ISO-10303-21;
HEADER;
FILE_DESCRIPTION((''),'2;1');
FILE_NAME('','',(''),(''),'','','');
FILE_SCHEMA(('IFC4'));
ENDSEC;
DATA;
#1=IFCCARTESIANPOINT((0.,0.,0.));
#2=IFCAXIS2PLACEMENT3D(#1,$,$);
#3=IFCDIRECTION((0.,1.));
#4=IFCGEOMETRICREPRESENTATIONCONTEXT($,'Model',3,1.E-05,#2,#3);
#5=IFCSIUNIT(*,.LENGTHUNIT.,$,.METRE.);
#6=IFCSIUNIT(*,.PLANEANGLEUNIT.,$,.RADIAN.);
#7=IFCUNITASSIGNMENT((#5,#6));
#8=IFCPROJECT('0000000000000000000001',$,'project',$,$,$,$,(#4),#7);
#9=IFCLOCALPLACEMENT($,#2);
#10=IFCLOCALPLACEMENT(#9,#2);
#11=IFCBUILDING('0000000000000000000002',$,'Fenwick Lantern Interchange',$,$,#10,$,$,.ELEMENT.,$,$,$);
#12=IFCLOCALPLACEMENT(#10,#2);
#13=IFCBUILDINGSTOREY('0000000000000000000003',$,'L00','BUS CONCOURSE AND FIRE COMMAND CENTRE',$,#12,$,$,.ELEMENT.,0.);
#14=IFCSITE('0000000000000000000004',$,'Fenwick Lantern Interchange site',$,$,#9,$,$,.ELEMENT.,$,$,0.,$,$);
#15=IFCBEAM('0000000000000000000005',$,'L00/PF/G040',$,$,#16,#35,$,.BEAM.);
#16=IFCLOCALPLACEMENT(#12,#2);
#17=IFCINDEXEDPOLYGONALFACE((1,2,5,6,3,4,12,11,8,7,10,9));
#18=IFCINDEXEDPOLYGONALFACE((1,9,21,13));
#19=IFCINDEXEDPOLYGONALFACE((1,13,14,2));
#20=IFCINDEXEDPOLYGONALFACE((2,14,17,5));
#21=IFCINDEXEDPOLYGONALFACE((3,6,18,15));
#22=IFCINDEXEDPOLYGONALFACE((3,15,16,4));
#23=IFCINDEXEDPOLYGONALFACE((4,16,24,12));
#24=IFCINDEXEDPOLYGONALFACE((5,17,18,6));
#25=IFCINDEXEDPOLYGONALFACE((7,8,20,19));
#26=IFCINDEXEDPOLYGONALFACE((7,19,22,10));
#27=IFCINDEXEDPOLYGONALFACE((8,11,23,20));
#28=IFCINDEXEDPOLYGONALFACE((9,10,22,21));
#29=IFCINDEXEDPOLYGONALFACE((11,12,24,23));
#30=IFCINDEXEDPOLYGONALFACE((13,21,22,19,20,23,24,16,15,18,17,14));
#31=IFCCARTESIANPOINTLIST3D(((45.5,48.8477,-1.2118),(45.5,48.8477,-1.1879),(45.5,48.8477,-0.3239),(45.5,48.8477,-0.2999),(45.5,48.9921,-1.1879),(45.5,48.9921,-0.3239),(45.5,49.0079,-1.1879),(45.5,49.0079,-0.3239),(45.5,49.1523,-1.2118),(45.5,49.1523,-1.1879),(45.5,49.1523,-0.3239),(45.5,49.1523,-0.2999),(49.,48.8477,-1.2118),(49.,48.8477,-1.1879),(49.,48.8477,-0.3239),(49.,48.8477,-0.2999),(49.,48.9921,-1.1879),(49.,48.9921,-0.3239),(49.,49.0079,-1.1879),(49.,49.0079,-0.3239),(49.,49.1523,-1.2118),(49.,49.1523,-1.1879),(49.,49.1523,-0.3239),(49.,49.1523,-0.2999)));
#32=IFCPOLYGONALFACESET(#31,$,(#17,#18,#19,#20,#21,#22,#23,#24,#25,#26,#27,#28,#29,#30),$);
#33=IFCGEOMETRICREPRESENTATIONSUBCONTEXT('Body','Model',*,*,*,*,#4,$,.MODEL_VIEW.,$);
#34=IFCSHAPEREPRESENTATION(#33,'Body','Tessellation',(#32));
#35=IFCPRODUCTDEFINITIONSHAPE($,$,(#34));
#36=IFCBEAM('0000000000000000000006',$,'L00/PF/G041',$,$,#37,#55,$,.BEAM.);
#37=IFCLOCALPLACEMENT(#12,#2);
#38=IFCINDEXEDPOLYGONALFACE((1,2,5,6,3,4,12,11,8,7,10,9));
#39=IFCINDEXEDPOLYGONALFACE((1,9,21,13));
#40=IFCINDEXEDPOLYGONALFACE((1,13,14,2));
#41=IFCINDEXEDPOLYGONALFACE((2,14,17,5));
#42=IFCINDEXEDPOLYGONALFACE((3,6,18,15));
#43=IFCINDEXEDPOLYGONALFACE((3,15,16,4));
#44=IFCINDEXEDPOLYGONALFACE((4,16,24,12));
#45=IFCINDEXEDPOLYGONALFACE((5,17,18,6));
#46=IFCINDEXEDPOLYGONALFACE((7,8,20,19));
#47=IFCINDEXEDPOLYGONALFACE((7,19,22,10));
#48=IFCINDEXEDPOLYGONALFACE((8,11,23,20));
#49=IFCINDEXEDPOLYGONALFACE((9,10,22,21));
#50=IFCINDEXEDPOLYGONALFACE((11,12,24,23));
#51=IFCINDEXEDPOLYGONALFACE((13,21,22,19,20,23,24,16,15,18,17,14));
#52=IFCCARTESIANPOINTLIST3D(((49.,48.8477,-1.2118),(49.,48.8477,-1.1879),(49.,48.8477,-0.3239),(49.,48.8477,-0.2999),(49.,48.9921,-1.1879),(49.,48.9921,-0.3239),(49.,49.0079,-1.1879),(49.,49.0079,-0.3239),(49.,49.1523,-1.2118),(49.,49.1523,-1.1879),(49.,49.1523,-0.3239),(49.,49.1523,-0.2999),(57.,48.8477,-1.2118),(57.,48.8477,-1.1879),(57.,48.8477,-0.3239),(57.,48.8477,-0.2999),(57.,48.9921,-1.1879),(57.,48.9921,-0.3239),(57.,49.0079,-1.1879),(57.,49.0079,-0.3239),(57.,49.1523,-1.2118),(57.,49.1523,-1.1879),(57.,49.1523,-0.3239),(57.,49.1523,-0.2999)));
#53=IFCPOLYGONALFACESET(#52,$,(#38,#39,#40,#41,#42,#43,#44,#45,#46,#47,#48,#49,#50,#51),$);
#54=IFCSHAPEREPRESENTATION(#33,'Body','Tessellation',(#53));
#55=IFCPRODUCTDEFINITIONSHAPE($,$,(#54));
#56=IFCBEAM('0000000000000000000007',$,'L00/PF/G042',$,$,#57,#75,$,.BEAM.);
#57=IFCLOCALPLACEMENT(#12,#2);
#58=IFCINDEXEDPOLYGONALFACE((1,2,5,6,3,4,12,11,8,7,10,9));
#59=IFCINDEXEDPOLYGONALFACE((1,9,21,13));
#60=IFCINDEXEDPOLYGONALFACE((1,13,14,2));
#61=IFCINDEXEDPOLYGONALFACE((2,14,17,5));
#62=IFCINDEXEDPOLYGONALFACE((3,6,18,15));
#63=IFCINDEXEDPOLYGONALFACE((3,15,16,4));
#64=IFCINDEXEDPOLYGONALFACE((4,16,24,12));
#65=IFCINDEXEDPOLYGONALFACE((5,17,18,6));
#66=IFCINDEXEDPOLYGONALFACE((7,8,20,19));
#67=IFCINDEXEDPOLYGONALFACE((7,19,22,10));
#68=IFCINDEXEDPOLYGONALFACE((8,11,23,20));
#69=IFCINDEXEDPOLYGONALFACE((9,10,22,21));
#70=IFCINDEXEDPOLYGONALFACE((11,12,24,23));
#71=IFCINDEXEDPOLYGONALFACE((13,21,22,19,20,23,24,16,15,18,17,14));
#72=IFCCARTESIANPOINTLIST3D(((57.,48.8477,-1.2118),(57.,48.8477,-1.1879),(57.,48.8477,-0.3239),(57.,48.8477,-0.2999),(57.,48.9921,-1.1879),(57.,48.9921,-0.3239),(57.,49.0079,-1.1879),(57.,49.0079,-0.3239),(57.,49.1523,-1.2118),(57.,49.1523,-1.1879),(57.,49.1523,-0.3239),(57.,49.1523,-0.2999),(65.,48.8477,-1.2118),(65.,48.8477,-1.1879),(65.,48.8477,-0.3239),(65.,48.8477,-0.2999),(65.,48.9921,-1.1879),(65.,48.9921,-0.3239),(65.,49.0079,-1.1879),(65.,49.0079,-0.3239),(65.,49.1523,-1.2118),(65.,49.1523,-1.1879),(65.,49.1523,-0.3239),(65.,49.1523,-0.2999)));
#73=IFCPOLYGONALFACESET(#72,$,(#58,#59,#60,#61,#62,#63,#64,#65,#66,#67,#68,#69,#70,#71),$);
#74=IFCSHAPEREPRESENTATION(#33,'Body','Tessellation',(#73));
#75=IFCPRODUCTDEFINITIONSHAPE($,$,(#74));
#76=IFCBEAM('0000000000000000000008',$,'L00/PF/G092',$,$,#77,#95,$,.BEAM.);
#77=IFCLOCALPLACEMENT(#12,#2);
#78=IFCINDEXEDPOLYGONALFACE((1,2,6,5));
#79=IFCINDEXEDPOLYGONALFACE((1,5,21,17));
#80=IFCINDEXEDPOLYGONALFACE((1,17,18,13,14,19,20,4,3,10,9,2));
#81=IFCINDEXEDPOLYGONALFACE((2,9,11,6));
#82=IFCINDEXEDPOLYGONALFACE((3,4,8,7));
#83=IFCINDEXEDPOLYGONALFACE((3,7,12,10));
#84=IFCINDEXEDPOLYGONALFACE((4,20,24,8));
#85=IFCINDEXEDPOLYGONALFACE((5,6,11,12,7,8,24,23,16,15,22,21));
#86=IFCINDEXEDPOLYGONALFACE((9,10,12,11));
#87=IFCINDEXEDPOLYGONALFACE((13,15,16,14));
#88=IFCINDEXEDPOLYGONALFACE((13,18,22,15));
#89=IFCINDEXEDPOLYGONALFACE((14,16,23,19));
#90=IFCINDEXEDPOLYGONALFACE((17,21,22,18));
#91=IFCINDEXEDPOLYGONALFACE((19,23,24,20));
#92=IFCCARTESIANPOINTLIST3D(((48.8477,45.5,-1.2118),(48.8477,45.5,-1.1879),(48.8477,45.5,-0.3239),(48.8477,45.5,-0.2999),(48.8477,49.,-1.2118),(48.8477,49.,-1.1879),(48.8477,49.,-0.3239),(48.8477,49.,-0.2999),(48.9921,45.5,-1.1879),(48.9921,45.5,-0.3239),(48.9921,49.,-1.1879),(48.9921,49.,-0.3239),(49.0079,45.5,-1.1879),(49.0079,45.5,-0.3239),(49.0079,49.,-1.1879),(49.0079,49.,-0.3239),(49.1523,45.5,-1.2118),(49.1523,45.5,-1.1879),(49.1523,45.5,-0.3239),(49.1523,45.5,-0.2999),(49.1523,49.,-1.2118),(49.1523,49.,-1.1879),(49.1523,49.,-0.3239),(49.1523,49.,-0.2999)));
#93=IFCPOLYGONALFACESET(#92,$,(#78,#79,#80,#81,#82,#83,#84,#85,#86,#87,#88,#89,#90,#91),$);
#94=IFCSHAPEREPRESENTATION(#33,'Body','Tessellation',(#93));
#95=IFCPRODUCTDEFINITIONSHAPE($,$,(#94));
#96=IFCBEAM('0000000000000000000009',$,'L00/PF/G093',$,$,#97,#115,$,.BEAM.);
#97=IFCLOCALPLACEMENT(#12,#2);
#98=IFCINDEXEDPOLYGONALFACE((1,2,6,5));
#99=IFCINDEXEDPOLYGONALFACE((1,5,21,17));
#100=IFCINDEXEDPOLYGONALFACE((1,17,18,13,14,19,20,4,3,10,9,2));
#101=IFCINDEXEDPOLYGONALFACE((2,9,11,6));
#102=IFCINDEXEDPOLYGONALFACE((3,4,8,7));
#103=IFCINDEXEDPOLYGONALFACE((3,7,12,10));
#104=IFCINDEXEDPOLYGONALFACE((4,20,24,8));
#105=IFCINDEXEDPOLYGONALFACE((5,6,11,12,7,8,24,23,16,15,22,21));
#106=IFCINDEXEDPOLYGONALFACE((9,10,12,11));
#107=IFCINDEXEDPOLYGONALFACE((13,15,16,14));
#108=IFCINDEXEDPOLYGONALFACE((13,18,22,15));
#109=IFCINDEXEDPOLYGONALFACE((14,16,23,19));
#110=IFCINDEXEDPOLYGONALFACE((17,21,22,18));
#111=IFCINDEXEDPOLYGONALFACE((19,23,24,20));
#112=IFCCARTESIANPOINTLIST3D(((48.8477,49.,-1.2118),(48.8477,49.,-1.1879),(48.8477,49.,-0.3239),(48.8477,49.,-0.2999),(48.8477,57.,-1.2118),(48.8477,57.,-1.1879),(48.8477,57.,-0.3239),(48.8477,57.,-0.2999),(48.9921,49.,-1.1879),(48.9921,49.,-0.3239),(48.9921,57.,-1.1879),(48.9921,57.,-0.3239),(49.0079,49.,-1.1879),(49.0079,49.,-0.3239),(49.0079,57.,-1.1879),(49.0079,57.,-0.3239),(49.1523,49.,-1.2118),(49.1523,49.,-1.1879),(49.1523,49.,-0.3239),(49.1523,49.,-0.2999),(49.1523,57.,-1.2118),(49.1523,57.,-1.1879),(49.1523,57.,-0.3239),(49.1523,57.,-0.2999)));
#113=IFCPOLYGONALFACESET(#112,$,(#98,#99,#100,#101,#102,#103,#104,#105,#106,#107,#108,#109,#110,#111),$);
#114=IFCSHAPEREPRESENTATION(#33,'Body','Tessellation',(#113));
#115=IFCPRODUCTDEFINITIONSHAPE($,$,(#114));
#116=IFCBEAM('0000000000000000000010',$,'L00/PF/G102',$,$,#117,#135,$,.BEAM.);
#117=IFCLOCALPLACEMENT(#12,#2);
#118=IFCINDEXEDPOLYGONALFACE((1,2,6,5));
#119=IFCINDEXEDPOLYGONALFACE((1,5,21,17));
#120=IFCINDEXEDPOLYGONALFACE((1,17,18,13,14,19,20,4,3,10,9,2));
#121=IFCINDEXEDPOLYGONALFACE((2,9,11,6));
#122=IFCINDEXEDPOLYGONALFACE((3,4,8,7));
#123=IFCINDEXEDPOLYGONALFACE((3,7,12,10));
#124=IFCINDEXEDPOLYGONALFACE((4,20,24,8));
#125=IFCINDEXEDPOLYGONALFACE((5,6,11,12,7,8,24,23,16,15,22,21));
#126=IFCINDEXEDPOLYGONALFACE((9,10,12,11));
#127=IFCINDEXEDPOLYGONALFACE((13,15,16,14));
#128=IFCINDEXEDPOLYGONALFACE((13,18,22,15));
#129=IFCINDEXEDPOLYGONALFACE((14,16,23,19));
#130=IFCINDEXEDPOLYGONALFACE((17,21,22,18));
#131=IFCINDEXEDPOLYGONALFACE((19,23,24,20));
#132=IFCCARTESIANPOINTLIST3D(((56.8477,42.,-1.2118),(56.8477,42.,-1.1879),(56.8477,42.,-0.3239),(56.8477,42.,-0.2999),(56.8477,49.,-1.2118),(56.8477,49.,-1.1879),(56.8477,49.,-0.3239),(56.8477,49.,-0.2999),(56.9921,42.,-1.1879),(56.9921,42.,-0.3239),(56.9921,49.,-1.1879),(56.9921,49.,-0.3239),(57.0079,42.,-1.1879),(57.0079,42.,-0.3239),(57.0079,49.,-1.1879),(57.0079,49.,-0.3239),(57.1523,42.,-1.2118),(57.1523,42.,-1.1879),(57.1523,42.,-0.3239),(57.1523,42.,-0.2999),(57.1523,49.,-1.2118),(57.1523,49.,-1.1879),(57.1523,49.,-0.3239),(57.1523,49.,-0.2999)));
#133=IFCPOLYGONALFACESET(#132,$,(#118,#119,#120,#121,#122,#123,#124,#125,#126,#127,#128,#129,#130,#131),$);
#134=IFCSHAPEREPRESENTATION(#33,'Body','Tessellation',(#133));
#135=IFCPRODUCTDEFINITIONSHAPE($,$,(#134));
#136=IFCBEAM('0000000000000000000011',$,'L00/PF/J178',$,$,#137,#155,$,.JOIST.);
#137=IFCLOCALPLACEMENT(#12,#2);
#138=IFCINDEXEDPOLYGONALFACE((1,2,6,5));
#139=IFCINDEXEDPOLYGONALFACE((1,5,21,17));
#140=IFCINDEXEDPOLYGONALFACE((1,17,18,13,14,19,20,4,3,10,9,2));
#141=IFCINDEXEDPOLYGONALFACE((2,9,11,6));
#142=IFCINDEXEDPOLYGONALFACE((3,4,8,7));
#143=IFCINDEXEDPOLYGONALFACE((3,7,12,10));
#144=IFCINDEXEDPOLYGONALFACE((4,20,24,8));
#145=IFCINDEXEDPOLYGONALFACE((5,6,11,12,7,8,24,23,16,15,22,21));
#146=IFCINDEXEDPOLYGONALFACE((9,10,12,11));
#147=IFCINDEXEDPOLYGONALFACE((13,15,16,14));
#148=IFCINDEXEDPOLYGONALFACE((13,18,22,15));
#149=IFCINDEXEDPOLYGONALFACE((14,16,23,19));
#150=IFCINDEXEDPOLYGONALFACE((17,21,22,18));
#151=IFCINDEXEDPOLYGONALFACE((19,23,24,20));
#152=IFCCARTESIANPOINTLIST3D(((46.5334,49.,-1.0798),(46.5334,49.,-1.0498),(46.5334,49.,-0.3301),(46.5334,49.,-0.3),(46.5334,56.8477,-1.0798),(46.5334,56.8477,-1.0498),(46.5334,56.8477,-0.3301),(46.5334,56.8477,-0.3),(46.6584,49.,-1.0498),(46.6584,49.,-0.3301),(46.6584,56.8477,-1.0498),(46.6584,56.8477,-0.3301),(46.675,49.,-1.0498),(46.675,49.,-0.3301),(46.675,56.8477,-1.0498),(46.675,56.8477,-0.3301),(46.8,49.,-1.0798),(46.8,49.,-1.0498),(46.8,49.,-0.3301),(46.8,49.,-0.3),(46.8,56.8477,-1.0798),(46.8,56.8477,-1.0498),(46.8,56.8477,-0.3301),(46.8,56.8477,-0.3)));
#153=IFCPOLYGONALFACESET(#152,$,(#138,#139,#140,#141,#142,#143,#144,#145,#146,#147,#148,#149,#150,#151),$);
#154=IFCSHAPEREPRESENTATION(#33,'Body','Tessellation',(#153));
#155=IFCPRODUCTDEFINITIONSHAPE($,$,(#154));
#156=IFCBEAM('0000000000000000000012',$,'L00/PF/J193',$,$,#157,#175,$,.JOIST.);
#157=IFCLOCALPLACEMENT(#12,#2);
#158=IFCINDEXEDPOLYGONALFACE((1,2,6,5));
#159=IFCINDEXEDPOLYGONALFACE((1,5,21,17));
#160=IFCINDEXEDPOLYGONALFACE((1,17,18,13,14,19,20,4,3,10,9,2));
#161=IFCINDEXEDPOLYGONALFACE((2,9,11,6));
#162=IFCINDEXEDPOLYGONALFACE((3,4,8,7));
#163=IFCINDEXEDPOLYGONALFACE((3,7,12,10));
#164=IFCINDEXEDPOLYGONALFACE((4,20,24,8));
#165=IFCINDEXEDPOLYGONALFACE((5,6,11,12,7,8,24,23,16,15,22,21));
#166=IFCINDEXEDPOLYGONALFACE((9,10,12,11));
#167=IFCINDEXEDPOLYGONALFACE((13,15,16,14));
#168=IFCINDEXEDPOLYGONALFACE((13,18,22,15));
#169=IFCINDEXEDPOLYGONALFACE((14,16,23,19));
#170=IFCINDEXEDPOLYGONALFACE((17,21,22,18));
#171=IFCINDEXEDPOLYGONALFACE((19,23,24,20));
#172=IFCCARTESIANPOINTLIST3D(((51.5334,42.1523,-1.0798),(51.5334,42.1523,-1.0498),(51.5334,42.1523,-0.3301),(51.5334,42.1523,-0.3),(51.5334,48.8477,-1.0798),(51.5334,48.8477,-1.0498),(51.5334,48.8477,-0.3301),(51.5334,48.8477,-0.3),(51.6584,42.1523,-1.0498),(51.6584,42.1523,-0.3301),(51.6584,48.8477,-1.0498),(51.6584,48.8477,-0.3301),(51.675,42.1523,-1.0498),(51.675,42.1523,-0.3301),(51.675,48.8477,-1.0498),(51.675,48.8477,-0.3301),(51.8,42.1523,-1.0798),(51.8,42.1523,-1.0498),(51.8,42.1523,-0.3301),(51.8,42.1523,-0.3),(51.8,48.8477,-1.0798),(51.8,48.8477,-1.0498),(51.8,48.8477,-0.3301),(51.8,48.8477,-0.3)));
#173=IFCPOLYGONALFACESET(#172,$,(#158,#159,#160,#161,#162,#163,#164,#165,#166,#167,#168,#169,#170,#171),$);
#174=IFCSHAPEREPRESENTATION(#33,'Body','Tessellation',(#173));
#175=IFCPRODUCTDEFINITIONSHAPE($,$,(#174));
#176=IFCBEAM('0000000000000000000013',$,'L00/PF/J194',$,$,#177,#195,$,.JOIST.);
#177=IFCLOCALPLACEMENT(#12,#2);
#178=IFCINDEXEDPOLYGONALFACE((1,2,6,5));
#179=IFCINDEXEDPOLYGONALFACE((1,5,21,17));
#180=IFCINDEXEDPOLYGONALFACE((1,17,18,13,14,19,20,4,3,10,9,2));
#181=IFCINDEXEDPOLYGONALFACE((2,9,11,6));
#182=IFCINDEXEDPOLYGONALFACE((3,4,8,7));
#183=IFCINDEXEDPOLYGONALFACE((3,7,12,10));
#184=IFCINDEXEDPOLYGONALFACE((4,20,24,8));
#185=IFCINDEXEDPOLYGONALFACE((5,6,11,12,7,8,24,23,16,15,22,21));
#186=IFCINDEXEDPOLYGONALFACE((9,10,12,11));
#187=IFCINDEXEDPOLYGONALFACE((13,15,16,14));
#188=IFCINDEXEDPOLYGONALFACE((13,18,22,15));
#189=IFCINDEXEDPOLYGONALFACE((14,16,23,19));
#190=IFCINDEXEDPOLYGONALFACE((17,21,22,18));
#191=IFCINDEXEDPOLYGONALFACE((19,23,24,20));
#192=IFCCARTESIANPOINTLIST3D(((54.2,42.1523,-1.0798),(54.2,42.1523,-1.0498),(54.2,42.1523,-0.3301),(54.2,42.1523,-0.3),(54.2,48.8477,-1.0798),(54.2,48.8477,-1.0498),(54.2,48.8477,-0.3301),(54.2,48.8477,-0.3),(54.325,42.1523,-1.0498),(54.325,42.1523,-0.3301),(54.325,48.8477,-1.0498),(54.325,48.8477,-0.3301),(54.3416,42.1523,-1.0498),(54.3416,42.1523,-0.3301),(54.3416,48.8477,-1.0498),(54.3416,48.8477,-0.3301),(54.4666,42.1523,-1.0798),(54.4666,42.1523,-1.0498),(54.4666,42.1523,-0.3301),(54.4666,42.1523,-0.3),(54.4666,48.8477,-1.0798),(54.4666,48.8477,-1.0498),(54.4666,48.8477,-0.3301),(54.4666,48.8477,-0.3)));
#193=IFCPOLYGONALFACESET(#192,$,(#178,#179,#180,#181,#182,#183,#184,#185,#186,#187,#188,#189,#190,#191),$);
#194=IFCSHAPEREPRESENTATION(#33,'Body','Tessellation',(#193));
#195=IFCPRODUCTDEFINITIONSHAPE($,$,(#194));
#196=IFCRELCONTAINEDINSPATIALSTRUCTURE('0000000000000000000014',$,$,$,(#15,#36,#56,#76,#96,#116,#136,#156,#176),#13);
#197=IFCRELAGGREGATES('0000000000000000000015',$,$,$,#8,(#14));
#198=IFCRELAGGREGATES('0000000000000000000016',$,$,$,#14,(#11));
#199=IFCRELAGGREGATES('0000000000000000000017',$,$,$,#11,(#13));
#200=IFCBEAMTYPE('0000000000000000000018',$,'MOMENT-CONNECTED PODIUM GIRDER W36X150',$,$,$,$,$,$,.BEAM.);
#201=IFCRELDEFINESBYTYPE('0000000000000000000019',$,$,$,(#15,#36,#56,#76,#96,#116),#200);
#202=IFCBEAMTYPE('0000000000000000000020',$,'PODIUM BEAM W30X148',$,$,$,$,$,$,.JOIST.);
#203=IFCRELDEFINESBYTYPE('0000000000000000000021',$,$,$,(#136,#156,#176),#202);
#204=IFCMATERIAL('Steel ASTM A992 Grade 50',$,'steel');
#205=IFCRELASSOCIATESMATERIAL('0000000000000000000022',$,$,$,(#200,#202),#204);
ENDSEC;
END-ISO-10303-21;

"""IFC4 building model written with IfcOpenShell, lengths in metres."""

from ifc_helpers import new_model, si_unit, direction, frame, origin, origin_2d, place, context, subcontext, project, spatial, i_section, extrude, material, material_profile, profile_set, type_object, element, save


model = new_model("IFC4")

# Units and contexts
model_context = context("Model", 3, precision=1e-05, world=origin(), true_north=direction((0.0, 1.0)))
body_context = subcontext(model_context, "Body", "Model", "MODEL_VIEW")
ifc_project = project(units=[si_unit("LENGTHUNIT", "METRE"), si_unit("PLANEANGLEUNIT", "RADIAN")], contexts=[model_context])

# Site, building, storey
site_placement = place(None, origin())
site = spatial("IfcSite", under=ifc_project, at=site_placement, Name="Fenwick Lantern Interchange site", CompositionType="ELEMENT", RefElevation=0.0)
building_placement = place(site_placement, origin())
building = spatial("IfcBuilding", under=site, at=building_placement, Name="Fenwick Lantern Interchange", CompositionType="ELEMENT")
storey_placement = place(building_placement, origin())
storey = spatial("IfcBuildingStorey", under=building, at=storey_placement, Name="L00", Description="BUS CONCOURSE AND FIRE COMMAND CENTRE", CompositionType="ELEMENT", Elevation=0.0)

# Shared definitions
ifc_material_1 = material(Name="Steel ASTM A992 Grade 50", Category="steel")

# Beams
ifc_material_profile_1 = material_profile(ifc_material_1, i_section(OverallWidth=0.3047, OverallDepth=0.9119, WebThickness=0.0159, FlangeThickness=0.0239, at=origin_2d()), Name="W36X150")
ifc_profile_set_1 = profile_set([ifc_material_profile_1], Name="Steel ASTM A992 Grade 50")
beam_type_1 = type_object("IfcBeamType", Name="MOMENT-CONNECTED PODIUM GIRDER W36X150", PredefinedType="BEAM", material=ifc_profile_set_1)
beam_1_placement = place(storey_placement, frame((45.5, 49.0, -0.7559), z_axis=(1.0, 0.0, 0.0), x_axis=(0.0, 1.0, 0.0)))
element("IfcBeam", 1, at=beam_1_placement, inside=storey, type_object=beam_type_1, Name="L00/PF/G040", PredefinedType="BEAM", context=body_context, shape_type="SweptSolid", body=[
    extrude(i_section(OverallWidth=0.3047, OverallDepth=0.9119, WebThickness=0.0159, FlangeThickness=0.0239, at=origin_2d()), origin(), (0.0, 0.0, 1.0), 3.5),
])
for number, where, z_axis, x_axis, name in (
    (2, (49.0, 49.0, -0.7559), (1.0, 0.0, 0.0), (0.0, 1.0, 0.0), "L00/PF/G041"),
    (3, (57.0, 49.0, -0.7559), (1.0, 0.0, 0.0), (0.0, 1.0, 0.0), "L00/PF/G042"),
):
    element("IfcBeam", number, at=place(storey_placement, frame(where, z_axis=z_axis, x_axis=x_axis)), inside=storey, type_object=beam_type_1, Name=name, PredefinedType="BEAM", context=body_context, shape_type="SweptSolid", body=[
        extrude(i_section(OverallWidth=0.3047, OverallDepth=0.9119, WebThickness=0.0159, FlangeThickness=0.0239, at=origin_2d()), origin(), (0.0, 0.0, 1.0), 8.0),
    ])
beam_2_placement = place(storey_placement, frame((49.0, 45.5, -0.7559), z_axis=(0.0, 1.0, 0.0), x_axis=(-1.0, 0.0, 0.0)))
element("IfcBeam", 4, at=beam_2_placement, inside=storey, type_object=beam_type_1, Name="L00/PF/G092", PredefinedType="BEAM", context=body_context, shape_type="SweptSolid", body=[
    extrude(i_section(OverallWidth=0.3047, OverallDepth=0.9119, WebThickness=0.0159, FlangeThickness=0.0239, at=origin_2d()), origin(), (0.0, 0.0, 1.0), 3.5),
])
beam_3_placement = place(storey_placement, frame((49.0, 49.0, -0.7559), z_axis=(0.0, 1.0, 0.0), x_axis=(-1.0, 0.0, 0.0)))
element("IfcBeam", 5, at=beam_3_placement, inside=storey, type_object=beam_type_1, Name="L00/PF/G093", PredefinedType="BEAM", context=body_context, shape_type="SweptSolid", body=[
    extrude(i_section(OverallWidth=0.3047, OverallDepth=0.9119, WebThickness=0.0159, FlangeThickness=0.0239, at=origin_2d()), origin(), (0.0, 0.0, 1.0), 8.0),
])
beam_4_placement = place(storey_placement, frame((57.0, 42.0, -0.7559), z_axis=(0.0, 1.0, 0.0), x_axis=(-1.0, 0.0, 0.0)))
element("IfcBeam", 6, at=beam_4_placement, inside=storey, type_object=beam_type_1, Name="L00/PF/G102", PredefinedType="BEAM", context=body_context, shape_type="SweptSolid", body=[
    extrude(i_section(OverallWidth=0.3047, OverallDepth=0.9119, WebThickness=0.0159, FlangeThickness=0.0239, at=origin_2d()), origin(), (0.0, 0.0, 1.0), 7.0),
])
ifc_material_profile_2 = material_profile(ifc_material_1, i_section(OverallWidth=0.2666, OverallDepth=0.7798, WebThickness=0.0166, FlangeThickness=0.03, at=origin_2d()), Name="W30X148")
ifc_profile_set_2 = profile_set([ifc_material_profile_2], Name="Steel ASTM A992 Grade 50")
beam_type_2 = type_object("IfcBeamType", Name="PODIUM BEAM W30X148", PredefinedType="JOIST", material=ifc_profile_set_2)
beam_5_placement = place(storey_placement, frame((46.6667, 49.0, -0.6899), z_axis=(0.0, 1.0, 0.0), x_axis=(-1.0, 0.0, 0.0)))
element("IfcBeam", 7, at=beam_5_placement, inside=storey, type_object=beam_type_2, Name="L00/PF/J178", PredefinedType="JOIST", context=body_context, shape_type="SweptSolid", body=[
    extrude(i_section(OverallWidth=0.2666, OverallDepth=0.7798, WebThickness=0.0166, FlangeThickness=0.03, at=origin_2d()), origin(), (0.0, 0.0, 1.0), 7.8477),
])
for number, where, z_axis, x_axis, name in (
    (8, (51.6667, 42.1523, -0.6899), (0.0, 1.0, 0.0), (-1.0, 0.0, 0.0), "L00/PF/J193"),
    (9, (54.3333, 42.1523, -0.6899), (0.0, 1.0, 0.0), (-1.0, 0.0, 0.0), "L00/PF/J194"),
):
    element("IfcBeam", number, at=place(storey_placement, frame(where, z_axis=z_axis, x_axis=x_axis)), inside=storey, type_object=beam_type_2, Name=name, PredefinedType="JOIST", context=body_context, shape_type="SweptSolid", body=[
        extrude(i_section(OverallWidth=0.2666, OverallDepth=0.7798, WebThickness=0.0166, FlangeThickness=0.03, at=origin_2d()), origin(), (0.0, 0.0, 1.0), 6.6953),
    ])

save(model, "model.ifc")
